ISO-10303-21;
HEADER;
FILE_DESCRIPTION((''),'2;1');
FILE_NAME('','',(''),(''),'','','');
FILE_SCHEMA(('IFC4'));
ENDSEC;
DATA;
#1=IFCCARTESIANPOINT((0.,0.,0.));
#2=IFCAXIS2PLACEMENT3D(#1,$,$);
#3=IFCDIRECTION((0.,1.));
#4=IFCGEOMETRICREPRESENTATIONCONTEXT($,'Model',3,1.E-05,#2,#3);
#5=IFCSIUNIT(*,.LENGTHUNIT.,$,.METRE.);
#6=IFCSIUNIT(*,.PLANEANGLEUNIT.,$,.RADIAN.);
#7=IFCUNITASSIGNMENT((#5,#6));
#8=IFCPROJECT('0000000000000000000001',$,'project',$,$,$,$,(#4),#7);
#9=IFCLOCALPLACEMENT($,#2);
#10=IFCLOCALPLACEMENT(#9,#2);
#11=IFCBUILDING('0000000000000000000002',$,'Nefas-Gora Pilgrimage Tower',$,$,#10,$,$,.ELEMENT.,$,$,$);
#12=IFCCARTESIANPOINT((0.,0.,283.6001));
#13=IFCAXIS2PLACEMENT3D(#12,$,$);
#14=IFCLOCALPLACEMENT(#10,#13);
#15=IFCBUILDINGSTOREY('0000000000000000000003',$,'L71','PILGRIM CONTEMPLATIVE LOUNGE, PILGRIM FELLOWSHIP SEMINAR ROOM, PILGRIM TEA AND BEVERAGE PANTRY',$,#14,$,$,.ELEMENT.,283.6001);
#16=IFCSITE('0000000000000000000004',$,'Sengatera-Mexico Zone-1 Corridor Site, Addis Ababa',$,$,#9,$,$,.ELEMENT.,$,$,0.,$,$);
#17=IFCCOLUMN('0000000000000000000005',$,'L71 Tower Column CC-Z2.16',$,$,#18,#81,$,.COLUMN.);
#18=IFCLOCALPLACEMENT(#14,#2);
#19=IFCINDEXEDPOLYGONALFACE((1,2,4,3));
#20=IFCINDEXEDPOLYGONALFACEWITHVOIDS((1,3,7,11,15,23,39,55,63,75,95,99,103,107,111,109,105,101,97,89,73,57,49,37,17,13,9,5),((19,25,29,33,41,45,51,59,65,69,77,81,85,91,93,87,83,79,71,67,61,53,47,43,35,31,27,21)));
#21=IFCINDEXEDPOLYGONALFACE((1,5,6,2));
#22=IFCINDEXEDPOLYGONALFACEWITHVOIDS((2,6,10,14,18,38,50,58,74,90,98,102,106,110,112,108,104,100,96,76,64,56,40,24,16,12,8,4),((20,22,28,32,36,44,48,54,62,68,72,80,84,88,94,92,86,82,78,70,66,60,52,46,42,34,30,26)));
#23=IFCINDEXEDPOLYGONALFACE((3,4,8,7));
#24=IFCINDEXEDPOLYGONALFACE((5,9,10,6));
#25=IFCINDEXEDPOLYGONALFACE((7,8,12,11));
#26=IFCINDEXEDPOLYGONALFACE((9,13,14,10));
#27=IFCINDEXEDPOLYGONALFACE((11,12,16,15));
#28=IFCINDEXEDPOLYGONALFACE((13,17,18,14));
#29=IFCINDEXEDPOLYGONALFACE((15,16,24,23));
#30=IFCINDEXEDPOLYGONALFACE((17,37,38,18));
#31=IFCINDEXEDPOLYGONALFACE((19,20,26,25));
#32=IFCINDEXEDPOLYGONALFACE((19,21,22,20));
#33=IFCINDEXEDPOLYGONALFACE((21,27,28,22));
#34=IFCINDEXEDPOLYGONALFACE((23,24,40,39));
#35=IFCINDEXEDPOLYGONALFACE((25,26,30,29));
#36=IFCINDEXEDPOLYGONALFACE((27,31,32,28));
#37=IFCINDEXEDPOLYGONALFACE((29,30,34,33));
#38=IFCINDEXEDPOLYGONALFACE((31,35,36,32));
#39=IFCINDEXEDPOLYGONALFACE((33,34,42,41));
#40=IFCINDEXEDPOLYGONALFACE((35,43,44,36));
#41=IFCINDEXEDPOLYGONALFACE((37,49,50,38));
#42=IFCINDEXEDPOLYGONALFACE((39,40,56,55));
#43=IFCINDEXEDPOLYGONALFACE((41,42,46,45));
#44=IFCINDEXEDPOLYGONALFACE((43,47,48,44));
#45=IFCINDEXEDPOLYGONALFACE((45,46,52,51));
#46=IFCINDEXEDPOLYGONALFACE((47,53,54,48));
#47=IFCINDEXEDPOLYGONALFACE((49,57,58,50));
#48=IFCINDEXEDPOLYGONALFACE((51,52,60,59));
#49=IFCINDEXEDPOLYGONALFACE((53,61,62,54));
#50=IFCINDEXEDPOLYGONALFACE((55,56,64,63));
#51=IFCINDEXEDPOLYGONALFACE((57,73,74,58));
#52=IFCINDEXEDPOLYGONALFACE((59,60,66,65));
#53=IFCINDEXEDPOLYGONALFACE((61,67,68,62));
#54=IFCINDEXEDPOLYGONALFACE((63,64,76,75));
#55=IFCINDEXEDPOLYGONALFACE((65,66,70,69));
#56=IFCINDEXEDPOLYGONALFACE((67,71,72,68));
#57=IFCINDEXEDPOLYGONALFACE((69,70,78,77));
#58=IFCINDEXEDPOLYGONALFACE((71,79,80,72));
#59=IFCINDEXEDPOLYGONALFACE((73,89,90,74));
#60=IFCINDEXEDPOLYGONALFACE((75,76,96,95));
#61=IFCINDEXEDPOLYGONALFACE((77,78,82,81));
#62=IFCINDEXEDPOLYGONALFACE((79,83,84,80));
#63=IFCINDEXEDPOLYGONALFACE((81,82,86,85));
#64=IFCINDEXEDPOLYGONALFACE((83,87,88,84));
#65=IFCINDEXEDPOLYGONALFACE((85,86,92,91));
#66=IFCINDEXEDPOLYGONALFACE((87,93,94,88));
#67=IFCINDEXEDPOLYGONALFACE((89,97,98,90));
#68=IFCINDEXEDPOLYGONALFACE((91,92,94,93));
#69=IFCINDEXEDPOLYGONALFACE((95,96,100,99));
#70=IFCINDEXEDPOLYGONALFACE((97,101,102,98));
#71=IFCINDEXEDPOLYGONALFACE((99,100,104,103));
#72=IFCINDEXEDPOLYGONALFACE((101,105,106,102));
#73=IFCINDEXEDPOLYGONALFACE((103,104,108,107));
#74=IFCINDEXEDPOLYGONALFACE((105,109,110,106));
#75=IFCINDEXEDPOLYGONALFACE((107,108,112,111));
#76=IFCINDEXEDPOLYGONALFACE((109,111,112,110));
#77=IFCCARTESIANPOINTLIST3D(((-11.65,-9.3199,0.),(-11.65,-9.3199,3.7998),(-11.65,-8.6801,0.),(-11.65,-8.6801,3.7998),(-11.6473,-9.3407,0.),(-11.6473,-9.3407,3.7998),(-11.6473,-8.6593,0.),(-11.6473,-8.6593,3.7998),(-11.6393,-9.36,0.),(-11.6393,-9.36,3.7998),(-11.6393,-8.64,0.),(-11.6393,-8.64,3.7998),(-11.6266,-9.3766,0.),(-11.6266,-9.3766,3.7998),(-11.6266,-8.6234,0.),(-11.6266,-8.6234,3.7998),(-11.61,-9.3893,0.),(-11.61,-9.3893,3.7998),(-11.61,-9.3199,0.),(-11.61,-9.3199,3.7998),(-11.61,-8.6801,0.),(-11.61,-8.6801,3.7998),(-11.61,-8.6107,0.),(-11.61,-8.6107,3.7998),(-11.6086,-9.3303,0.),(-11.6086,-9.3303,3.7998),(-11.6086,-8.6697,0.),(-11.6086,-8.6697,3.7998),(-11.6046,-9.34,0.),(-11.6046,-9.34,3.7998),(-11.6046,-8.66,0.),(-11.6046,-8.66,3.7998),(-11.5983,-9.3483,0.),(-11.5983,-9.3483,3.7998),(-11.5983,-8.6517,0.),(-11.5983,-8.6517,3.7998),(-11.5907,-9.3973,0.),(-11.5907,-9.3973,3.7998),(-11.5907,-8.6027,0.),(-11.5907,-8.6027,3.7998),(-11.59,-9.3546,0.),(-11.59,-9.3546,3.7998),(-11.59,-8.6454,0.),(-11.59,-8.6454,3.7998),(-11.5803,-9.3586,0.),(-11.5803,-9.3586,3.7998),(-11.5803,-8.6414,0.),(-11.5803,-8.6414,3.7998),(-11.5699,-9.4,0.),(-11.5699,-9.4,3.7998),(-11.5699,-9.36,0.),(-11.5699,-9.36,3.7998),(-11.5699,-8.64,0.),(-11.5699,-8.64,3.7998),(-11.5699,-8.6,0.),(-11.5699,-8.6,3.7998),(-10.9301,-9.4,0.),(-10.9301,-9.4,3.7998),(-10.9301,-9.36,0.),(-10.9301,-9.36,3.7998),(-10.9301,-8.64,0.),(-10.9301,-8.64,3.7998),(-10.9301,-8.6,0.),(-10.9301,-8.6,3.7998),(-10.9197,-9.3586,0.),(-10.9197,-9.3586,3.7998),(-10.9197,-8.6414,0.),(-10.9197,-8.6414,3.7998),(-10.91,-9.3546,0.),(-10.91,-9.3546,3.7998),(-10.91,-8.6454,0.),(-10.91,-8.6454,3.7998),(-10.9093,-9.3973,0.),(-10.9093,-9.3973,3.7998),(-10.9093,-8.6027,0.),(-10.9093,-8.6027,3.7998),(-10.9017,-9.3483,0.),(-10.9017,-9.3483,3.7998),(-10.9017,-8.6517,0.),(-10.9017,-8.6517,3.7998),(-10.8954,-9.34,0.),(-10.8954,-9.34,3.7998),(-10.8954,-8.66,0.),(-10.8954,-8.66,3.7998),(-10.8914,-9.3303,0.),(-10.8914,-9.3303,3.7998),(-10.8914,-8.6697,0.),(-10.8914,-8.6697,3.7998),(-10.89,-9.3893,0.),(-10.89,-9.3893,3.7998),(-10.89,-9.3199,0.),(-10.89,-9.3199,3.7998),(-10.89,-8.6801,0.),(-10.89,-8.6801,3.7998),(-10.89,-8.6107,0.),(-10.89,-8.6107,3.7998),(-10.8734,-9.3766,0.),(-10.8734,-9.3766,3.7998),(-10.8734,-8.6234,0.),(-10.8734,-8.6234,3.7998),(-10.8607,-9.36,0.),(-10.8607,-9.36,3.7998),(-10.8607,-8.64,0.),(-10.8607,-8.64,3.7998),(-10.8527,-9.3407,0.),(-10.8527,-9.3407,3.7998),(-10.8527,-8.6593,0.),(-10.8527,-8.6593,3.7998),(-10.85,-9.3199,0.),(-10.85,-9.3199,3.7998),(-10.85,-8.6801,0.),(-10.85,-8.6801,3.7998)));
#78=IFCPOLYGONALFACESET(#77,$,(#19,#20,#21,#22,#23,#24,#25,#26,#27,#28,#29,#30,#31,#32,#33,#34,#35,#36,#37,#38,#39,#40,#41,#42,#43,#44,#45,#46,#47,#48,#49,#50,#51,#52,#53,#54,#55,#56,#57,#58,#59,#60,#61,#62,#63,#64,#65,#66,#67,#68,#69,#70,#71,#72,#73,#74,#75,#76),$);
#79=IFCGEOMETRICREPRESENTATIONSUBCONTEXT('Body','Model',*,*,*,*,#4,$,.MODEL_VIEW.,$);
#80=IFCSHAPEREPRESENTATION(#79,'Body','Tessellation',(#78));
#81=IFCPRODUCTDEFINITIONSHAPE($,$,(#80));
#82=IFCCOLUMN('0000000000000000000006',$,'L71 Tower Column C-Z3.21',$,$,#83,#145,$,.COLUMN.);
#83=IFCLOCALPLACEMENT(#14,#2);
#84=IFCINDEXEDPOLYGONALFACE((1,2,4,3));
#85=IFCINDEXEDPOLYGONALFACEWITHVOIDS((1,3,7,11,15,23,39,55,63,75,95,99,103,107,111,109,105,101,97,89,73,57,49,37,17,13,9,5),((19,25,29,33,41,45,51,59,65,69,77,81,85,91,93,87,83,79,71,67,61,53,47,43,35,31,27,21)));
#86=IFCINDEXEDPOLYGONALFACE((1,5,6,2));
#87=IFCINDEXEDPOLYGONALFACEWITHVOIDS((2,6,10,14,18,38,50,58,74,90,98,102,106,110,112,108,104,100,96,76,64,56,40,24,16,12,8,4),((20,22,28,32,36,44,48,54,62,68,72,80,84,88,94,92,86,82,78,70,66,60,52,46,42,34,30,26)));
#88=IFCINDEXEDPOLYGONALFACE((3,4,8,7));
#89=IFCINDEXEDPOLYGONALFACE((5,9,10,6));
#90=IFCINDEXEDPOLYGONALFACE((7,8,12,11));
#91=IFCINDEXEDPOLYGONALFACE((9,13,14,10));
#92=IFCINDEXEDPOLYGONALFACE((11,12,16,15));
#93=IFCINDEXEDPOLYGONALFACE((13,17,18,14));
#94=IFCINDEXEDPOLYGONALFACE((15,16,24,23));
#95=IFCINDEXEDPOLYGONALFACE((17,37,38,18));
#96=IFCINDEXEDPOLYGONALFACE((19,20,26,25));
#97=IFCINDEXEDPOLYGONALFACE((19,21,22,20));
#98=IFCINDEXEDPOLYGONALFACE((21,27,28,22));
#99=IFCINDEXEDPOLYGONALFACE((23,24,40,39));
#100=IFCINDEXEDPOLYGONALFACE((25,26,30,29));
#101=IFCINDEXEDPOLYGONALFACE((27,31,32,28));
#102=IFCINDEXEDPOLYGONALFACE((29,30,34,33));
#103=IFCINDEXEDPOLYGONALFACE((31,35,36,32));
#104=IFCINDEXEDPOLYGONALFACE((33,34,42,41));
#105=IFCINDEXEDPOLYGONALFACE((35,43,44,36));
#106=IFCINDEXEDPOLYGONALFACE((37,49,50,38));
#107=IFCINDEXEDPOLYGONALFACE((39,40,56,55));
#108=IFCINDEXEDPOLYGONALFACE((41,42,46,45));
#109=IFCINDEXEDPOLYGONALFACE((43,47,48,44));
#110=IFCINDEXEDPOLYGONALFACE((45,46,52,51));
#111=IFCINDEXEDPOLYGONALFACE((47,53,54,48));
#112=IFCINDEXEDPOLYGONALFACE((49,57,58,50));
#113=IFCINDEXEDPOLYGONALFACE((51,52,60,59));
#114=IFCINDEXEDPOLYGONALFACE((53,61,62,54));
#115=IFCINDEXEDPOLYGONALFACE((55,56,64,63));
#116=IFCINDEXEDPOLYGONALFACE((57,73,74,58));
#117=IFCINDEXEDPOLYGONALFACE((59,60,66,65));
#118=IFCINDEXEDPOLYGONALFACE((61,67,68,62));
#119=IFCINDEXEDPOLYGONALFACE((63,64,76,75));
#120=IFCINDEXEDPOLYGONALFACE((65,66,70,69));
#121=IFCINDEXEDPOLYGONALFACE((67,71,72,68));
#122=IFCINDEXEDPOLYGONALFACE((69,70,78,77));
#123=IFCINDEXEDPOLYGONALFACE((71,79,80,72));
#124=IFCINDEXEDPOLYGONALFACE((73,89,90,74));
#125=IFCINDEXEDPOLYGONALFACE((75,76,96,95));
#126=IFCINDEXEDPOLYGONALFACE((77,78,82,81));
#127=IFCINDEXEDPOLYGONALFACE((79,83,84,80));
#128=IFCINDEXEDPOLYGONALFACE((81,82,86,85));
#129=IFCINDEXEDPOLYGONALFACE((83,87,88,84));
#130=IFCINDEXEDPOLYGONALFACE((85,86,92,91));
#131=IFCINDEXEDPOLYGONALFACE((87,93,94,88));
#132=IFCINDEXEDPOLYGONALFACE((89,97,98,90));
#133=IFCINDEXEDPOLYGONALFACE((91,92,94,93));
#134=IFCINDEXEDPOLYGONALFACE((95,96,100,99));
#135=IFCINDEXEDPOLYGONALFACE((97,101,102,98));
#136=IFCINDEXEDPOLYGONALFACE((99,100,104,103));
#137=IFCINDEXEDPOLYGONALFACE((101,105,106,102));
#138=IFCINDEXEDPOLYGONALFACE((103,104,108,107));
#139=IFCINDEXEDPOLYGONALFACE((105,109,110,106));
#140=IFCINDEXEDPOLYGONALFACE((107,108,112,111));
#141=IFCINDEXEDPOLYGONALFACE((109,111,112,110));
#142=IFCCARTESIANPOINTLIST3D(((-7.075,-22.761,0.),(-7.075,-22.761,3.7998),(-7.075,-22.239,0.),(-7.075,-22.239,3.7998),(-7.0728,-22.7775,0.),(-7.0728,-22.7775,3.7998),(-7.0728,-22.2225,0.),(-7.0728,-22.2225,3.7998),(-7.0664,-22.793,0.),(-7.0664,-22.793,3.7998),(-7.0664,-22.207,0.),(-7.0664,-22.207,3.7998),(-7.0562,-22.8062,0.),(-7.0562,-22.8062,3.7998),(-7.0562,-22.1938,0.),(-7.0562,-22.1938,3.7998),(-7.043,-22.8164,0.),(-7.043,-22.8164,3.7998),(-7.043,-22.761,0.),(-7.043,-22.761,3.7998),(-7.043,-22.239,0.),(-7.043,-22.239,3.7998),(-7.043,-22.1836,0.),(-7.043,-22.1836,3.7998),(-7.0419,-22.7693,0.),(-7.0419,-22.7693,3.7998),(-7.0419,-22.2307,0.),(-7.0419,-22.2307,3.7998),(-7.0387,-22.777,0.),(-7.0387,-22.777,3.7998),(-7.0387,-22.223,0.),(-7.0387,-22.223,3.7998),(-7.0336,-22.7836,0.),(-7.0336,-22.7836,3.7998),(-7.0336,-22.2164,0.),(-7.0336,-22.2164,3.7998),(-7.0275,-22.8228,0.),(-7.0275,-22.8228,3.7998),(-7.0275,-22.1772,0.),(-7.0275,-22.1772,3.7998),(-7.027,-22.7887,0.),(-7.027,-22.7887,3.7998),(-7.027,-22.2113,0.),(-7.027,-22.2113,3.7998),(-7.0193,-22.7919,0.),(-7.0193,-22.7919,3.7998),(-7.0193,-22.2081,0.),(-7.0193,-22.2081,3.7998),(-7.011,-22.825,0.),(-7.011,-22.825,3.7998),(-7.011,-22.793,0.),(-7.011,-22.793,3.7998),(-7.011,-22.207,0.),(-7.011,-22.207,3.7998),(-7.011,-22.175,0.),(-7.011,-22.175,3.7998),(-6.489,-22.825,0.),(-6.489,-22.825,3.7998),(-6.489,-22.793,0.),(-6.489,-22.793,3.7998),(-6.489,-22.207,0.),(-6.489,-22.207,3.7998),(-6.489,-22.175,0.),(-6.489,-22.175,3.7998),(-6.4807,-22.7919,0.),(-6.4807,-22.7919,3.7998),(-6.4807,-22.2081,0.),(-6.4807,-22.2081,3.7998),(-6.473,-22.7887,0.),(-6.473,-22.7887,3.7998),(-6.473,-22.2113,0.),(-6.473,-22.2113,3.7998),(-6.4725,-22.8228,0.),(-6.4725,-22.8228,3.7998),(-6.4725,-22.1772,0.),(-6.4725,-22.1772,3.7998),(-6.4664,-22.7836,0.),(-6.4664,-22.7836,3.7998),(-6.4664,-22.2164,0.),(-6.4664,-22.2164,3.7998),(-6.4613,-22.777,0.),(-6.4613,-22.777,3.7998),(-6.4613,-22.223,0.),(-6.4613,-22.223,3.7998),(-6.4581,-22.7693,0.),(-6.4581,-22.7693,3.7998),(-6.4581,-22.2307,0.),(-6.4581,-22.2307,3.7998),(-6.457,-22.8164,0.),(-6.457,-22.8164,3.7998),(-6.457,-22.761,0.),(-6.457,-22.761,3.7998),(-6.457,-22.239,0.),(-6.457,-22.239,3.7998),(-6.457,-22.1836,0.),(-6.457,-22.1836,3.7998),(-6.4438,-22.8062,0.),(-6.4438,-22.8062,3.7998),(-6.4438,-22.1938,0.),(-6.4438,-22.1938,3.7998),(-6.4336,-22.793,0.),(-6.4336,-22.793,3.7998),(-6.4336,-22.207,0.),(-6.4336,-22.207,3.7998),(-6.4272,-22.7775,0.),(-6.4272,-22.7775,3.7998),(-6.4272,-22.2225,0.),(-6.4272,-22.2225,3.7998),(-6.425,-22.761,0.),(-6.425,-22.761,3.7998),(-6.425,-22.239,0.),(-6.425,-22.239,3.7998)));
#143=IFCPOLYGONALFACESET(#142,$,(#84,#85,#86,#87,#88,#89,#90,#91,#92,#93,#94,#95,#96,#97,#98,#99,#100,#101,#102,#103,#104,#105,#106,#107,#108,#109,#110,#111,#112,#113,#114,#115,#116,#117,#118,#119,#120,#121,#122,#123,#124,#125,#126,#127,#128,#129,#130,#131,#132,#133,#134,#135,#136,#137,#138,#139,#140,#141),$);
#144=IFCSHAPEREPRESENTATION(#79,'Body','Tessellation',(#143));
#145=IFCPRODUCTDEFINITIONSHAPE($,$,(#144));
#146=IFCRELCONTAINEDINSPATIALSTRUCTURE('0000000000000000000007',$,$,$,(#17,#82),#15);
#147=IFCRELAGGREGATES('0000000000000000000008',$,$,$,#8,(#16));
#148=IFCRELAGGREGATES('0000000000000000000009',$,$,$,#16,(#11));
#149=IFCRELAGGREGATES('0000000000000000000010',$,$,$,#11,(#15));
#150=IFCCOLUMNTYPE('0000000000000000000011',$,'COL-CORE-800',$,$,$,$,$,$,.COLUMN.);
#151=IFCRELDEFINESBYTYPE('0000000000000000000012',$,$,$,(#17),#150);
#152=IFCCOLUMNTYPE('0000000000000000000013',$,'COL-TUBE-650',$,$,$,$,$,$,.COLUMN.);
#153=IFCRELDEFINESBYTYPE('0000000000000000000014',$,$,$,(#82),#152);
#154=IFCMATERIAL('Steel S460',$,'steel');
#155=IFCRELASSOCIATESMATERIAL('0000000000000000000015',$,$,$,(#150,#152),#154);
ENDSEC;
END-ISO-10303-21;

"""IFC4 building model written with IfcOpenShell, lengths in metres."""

from ifc_helpers import new_model, si_unit, direction, frame, origin, origin_2d, place, context, subcontext, project, spatial, hollow_rectangle, extrude, source, transform, mapped, material, material_profile, profile_set, type_object, element, save


model = new_model("IFC4")

# Units and contexts
model_context = context("Model", 3, precision=1e-05, world=origin(), true_north=direction((0.0, 1.0)))
body_context = subcontext(model_context, "Body", "Model", "MODEL_VIEW")
ifc_project = project(units=[si_unit("LENGTHUNIT", "METRE"), si_unit("PLANEANGLEUNIT", "RADIAN")], contexts=[model_context])

# Site, building, storey
site_placement = place(None, origin())
site = spatial("IfcSite", under=ifc_project, at=site_placement, Name="Sengatera-Mexico Zone-1 Corridor Site, Addis Ababa", CompositionType="ELEMENT", RefElevation=0.0)
building_placement = place(site_placement, origin())
building = spatial("IfcBuilding", under=site, at=building_placement, Name="Nefas-Gora Pilgrimage Tower", CompositionType="ELEMENT")
storey_placement = place(building_placement, frame((0.0, 0.0, 283.6001)))
storey = spatial("IfcBuildingStorey", under=building, at=storey_placement, Name="L71", Description="PILGRIM CONTEMPLATIVE LOUNGE, PILGRIM FELLOWSHIP SEMINAR ROOM, PILGRIM TEA AND BEVERAGE PANTRY", CompositionType="ELEMENT", Elevation=283.6001)

# Columns
ifc_material_1 = material(Name="Steel S460", Category="steel")
ifc_material_profile_1 = material_profile(ifc_material_1, hollow_rectangle(XDim=0.8, YDim=0.8, WallThickness=0.04, InnerFilletRadius=0.04, OuterFilletRadius=0.0801, at=origin_2d()), Name="BOX 800x800x40")
ifc_profile_set_1 = profile_set([ifc_material_profile_1], Name="Steel S460")
column_type_1 = type_object("IfcColumnType", Name="COL-CORE-800", PredefinedType="COLUMN", material=ifc_profile_set_1)
shared_shape_1 = source(origin(), body_context, "Body", "SweptSolid", [
    extrude(hollow_rectangle(XDim=0.8, YDim=0.8, WallThickness=0.04, InnerFilletRadius=0.04, OuterFilletRadius=0.0801, at=origin_2d()), origin(), (0.0, 0.0, 1.0), 3.7998),
])
column_placement = place(storey_placement, frame((-11.25, -9.0, 0.0), z_axis=(0.0, 0.0, 1.0), x_axis=(1.0, 0.0, 0.0)))
element("IfcColumn", 1, at=column_placement, inside=storey, type_object=column_type_1, Name="L71 Tower Column CC-Z2.16", PredefinedType="COLUMN", context=body_context, shape_type="MappedRepresentation", body=[
    mapped(shared_shape_1, transform((0.0, 0.0, 0.0), x_axis=(1.0, 0.0, 0.0), y_axis=(0.0, 1.0, 0.0), z_axis=(0.0, 0.0, 1.0), scale=1.0)),
])
ifc_material_profile_2 = material_profile(ifc_material_1, hollow_rectangle(XDim=0.6499, YDim=0.6499, WallThickness=0.032, InnerFilletRadius=0.032, OuterFilletRadius=0.064, at=origin_2d()), Name="BOX 650x650x32")
ifc_profile_set_2 = profile_set([ifc_material_profile_2], Name="Steel S460")
column_type_2 = type_object("IfcColumnType", Name="COL-TUBE-650", PredefinedType="COLUMN", material=ifc_profile_set_2)
shared_shape_2 = source(origin(), body_context, "Body", "SweptSolid", [
    extrude(hollow_rectangle(XDim=0.6499, YDim=0.6499, WallThickness=0.032, InnerFilletRadius=0.032, OuterFilletRadius=0.064, at=origin_2d()), origin(), (0.0, 0.0, 1.0), 3.7998),
])
for number, where, z_axis, x_axis, name in (
    (2, (-6.75, -22.5, 0.0), (0.0, 0.0, 1.0), (1.0, 0.0, 0.0), "L71 Tower Column C-Z3.21"),
):
    element("IfcColumn", number, at=place(storey_placement, frame(where, z_axis=z_axis, x_axis=x_axis)), inside=storey, type_object=column_type_2, Name=name, PredefinedType="COLUMN", context=body_context, shape_type="MappedRepresentation", body=[
        mapped(shared_shape_2, transform((0.0, 0.0, 0.0), x_axis=(1.0, 0.0, 0.0), y_axis=(0.0, 1.0, 0.0), z_axis=(0.0, 0.0, 1.0), scale=1.0)),
    ])

save(model, "model.ifc")
